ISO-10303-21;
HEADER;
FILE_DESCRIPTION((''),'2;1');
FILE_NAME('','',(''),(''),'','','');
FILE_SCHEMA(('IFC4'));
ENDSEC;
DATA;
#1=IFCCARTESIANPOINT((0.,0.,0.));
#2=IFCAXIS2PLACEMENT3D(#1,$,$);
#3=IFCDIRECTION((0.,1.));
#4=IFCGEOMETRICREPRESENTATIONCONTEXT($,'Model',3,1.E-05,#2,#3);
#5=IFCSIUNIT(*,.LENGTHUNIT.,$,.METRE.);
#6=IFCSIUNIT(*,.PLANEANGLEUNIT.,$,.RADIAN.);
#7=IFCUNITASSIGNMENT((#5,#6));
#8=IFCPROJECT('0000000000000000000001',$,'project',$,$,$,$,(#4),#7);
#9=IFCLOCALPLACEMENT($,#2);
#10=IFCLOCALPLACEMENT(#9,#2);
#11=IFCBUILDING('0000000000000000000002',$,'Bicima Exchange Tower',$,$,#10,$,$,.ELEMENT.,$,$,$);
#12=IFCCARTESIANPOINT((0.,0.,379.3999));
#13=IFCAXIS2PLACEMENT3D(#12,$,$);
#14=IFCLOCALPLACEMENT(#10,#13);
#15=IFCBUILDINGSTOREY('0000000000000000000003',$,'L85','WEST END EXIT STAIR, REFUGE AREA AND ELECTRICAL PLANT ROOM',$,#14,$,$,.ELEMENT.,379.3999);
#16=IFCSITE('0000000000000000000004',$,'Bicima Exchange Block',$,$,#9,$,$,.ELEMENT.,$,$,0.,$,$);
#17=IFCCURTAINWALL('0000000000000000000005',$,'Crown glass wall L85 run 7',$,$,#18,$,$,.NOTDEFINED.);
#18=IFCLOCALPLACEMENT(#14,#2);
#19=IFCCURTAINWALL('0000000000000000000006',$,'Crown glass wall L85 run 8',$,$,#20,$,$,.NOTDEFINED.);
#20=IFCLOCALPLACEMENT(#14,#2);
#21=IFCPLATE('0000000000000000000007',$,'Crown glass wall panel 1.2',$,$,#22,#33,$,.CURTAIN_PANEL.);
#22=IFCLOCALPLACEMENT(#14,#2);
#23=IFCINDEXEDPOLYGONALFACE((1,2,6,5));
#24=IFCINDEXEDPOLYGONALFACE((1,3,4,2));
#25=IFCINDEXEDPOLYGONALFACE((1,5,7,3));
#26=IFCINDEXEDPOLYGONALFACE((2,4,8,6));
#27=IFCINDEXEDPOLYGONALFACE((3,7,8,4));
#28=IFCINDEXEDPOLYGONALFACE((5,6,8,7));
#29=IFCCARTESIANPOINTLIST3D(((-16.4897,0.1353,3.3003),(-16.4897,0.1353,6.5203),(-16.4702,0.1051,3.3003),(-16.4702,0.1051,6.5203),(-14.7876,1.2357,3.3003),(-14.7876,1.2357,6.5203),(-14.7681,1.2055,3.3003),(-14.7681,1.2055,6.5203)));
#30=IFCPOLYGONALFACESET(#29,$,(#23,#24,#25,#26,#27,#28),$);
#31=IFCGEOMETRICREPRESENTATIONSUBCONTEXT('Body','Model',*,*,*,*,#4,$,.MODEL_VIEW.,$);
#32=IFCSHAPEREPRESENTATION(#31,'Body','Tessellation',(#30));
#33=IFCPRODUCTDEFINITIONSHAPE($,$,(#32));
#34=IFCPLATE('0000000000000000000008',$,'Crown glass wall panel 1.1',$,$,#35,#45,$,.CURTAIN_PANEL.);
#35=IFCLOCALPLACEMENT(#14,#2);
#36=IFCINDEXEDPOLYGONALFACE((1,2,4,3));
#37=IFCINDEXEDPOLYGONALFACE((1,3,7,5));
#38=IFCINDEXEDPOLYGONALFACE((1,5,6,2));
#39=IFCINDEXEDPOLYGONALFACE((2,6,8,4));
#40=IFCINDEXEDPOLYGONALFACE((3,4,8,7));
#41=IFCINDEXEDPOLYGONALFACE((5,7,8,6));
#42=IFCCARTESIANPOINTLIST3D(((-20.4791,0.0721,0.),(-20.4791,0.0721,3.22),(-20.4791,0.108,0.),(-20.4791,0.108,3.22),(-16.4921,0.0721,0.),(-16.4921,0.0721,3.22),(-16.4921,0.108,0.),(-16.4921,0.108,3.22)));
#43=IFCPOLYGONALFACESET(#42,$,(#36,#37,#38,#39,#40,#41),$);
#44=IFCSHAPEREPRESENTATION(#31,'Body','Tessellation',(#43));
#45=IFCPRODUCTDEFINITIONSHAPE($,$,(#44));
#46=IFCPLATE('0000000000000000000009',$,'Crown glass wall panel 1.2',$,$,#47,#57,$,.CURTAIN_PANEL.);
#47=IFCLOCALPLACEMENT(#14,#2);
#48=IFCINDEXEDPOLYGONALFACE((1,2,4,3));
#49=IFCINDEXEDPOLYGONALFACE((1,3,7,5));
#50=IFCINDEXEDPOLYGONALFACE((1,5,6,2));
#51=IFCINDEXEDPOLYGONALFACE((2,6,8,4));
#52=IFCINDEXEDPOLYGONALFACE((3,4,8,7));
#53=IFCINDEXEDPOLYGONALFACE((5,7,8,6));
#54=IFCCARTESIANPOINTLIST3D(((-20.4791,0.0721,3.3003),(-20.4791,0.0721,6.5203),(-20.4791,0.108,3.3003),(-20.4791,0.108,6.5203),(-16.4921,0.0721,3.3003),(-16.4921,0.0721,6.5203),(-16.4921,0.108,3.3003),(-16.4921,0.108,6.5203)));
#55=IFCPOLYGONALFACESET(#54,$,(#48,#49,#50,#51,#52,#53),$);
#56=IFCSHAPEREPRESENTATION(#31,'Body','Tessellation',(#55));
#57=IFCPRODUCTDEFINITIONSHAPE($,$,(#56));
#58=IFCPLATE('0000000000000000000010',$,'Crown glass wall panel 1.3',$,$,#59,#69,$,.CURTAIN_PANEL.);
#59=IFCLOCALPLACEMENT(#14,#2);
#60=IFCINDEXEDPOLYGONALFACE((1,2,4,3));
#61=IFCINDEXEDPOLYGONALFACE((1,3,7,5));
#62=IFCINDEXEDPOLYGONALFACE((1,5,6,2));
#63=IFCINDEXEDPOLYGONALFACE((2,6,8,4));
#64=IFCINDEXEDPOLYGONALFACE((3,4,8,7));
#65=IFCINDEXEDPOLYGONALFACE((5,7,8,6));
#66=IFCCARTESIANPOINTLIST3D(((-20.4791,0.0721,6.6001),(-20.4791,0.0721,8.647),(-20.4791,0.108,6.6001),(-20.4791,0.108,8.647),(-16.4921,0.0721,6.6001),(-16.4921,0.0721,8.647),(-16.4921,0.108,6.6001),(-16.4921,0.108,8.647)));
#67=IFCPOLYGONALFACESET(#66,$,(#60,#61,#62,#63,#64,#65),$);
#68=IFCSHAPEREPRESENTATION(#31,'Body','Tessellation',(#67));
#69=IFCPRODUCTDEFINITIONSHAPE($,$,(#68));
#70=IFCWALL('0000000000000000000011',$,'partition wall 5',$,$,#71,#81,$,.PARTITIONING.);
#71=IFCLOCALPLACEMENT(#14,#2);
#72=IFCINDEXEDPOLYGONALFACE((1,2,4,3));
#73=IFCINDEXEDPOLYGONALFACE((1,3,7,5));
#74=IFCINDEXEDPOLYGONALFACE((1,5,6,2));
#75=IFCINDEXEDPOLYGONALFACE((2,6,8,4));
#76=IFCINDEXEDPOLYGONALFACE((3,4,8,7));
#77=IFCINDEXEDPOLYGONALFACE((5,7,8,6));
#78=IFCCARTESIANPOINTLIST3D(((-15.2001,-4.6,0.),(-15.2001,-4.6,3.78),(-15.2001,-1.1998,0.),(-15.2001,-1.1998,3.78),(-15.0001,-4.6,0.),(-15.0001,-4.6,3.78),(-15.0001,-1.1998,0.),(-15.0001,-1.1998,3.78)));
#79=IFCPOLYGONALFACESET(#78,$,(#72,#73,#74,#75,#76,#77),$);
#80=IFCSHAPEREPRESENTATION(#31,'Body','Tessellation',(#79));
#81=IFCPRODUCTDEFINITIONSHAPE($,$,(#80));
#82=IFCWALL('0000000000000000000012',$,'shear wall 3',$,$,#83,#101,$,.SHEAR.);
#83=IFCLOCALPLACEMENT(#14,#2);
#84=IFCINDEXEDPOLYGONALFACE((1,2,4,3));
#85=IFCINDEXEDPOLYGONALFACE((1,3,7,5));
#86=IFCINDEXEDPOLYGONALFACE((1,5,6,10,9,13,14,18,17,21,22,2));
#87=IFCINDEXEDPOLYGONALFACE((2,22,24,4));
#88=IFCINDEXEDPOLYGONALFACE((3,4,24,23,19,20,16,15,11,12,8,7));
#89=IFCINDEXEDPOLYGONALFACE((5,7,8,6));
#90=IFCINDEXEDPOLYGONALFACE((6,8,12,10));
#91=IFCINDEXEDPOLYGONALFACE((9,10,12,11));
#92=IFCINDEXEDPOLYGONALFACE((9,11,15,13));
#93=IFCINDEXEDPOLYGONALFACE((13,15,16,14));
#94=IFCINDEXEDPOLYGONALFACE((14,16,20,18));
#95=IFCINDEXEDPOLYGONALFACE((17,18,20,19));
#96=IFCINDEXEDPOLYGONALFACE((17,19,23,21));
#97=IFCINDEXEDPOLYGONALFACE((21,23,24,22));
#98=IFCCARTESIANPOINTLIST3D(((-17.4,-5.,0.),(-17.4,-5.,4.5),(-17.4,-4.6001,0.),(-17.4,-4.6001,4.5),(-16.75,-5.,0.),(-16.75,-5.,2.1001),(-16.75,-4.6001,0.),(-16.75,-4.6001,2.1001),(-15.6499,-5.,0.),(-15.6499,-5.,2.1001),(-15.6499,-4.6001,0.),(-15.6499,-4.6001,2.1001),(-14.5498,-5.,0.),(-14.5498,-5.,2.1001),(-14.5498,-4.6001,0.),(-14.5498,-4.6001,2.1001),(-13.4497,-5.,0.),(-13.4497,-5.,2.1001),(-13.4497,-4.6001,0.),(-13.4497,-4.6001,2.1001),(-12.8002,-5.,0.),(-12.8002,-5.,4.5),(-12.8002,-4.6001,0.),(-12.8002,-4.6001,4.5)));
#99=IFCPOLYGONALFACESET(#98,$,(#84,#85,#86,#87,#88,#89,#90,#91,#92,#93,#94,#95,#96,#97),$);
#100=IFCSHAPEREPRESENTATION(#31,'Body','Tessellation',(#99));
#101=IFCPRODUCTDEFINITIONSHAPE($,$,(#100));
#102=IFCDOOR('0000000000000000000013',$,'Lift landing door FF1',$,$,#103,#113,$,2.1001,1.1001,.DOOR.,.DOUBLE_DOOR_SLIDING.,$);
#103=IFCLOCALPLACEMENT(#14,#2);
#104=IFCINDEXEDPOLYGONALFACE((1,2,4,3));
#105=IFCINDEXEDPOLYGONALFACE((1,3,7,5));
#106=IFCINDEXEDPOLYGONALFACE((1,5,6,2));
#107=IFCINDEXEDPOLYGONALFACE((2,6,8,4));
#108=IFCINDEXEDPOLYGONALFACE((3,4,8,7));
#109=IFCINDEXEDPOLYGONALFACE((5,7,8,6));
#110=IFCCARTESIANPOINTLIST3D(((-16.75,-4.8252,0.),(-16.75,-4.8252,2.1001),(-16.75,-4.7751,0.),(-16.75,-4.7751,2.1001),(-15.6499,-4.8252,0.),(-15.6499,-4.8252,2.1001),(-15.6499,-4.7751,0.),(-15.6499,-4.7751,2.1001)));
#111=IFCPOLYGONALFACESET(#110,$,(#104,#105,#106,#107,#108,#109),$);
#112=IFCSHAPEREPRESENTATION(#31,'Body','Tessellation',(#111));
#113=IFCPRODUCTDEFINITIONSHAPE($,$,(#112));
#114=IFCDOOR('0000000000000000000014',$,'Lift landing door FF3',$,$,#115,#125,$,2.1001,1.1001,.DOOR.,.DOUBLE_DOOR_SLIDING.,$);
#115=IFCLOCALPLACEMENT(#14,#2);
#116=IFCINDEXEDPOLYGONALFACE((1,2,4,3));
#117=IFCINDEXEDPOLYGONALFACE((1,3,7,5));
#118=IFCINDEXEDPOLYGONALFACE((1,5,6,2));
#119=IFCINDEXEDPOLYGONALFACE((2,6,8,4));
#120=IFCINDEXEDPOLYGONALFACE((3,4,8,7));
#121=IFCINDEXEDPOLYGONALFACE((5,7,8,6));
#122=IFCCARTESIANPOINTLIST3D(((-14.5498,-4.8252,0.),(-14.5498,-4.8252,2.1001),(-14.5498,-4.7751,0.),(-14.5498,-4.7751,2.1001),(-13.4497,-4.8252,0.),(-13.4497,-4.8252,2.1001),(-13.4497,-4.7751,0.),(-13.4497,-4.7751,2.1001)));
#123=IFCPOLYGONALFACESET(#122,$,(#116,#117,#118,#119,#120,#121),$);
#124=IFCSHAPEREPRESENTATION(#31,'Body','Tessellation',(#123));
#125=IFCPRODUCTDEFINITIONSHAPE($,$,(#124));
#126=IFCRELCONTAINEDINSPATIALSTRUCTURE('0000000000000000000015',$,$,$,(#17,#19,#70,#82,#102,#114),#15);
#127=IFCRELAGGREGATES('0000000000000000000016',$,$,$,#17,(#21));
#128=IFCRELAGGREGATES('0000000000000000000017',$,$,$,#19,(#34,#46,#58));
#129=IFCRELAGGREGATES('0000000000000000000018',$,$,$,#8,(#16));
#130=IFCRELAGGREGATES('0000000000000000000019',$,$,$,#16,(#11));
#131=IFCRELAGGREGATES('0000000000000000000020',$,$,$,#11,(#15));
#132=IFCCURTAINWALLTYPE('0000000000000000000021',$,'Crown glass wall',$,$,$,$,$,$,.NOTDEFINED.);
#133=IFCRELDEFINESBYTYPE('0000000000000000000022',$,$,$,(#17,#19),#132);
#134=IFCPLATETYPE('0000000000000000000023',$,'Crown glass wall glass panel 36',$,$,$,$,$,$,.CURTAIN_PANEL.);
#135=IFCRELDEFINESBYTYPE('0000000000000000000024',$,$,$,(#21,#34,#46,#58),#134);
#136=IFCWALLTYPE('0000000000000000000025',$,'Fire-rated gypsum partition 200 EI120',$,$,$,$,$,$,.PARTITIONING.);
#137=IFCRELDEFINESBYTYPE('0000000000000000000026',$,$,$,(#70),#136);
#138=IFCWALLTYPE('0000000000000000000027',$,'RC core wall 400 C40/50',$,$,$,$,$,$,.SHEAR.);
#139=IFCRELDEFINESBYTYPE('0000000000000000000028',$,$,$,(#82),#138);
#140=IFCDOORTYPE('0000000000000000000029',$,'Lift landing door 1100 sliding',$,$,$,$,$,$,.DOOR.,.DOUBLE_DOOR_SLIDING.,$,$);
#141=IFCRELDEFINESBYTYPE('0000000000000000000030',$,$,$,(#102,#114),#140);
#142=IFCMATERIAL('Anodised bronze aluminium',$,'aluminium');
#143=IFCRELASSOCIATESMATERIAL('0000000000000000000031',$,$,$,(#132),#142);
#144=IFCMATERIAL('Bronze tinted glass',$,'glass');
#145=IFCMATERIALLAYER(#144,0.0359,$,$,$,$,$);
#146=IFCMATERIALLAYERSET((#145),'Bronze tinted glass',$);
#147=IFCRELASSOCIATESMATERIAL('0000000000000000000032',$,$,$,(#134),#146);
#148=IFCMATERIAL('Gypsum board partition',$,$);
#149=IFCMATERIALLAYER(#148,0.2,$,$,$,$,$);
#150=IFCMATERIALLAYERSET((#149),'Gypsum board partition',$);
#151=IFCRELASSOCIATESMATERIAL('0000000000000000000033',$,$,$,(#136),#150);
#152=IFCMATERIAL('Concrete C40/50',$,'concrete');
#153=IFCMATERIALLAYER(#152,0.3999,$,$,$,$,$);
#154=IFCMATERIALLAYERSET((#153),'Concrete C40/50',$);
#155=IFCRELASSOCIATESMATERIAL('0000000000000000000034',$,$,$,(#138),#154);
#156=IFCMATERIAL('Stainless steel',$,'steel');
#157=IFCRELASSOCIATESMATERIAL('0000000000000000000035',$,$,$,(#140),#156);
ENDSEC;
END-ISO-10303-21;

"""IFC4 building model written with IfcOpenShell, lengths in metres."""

from ifc_helpers import new_model, si_unit, direction, frame, frame_2d, origin, origin_2d, place, context, subcontext, project, spatial, rectangle, extrude, material, layer, layer_set, type_object, element, fill, aggregate, save


model = new_model("IFC4")

# Units and contexts
model_context = context("Model", 3, precision=1e-05, world=origin(), true_north=direction((0.0, 1.0)))
body_context = subcontext(model_context, "Body", "Model", "MODEL_VIEW")
ifc_project = project(units=[si_unit("LENGTHUNIT", "METRE"), si_unit("PLANEANGLEUNIT", "RADIAN")], contexts=[model_context])

# Site, building, storey
site_placement = place(None, origin())
site = spatial("IfcSite", under=ifc_project, at=site_placement, Name="Bicima Exchange Block", CompositionType="ELEMENT", RefElevation=0.0)
building_placement = place(site_placement, origin())
building = spatial("IfcBuilding", under=site, at=building_placement, Name="Bicima Exchange Tower", CompositionType="ELEMENT")
storey_placement = place(building_placement, frame((0.0, 0.0, 379.3999)))
storey = spatial("IfcBuildingStorey", under=building, at=storey_placement, Name="L85", Description="WEST END EXIT STAIR, REFUGE AREA AND ELECTRICAL PLANT ROOM", CompositionType="ELEMENT", Elevation=379.3999)

# Shared definitions
ifc_material_1 = material(Name="Anodised bronze aluminium", Category="aluminium")
curtain_wall_type = type_object("IfcCurtainWallType", Name="Crown glass wall", PredefinedType="NOTDEFINED", material=ifc_material_1)

# Curtain walls
curtain_wall_1_placement = place(storey_placement, origin())
curtain_wall_1 = element("IfcCurtainWall", 1, at=curtain_wall_1_placement, inside=storey, type_object=curtain_wall_type, Name="Crown glass wall L85 run 7", PredefinedType="NOTDEFINED")
curtain_wall_2_placement = place(storey_placement, origin())
curtain_wall_2 = element("IfcCurtainWall", 2, at=curtain_wall_2_placement, inside=storey, type_object=curtain_wall_type, Name="Crown glass wall L85 run 8", PredefinedType="NOTDEFINED")

# Plates
ifc_material_2 = material(Name="Bronze tinted glass", Category="glass")
ifc_layer_1 = layer(ifc_material_2, 0.0359)
ifc_layer_set_1 = layer_set([ifc_layer_1], Name="Bronze tinted glass")
plate_type = type_object("IfcPlateType", Name="Crown glass wall glass panel 36", PredefinedType="CURTAIN_PANEL", material=ifc_layer_set_1)
plate_1_placement = place(storey_placement, frame((-15.6289, 0.6704, 3.3003), z_axis=(0.0, 0.0, 1.0), x_axis=(-0.83979, -0.542911, 0.0)))
plate_1 = element("IfcPlate", 3, at=plate_1_placement, type_object=plate_type, Name="Crown glass wall panel 1.2", PredefinedType="CURTAIN_PANEL", context=body_context, shape_type="SweptSolid", body=[
    extrude(rectangle(XDim=2.0269, YDim=0.0359, at=origin_2d()), origin(), (0.0, 0.0, 1.0), 3.22),
])
aggregate(curtain_wall_1, [plate_1])
plate_2_placement = place(storey_placement, frame((-18.4856, 0.0901, 0.0), z_axis=(0.0, 0.0, 1.0), x_axis=(-1.0, 0.0, 0.0)))
plate_2 = element("IfcPlate", 4, at=plate_2_placement, type_object=plate_type, Name="Crown glass wall panel 1.1", PredefinedType="CURTAIN_PANEL", context=body_context, shape_type="SweptSolid", body=[
    extrude(rectangle(XDim=3.9871, YDim=0.0359, at=origin_2d()), origin(), (0.0, 0.0, 1.0), 3.22),
])
plate_3_placement = place(storey_placement, frame((-18.4856, 0.0901, 3.3003), z_axis=(0.0, 0.0, 1.0), x_axis=(-1.0, 0.0, 0.0)))
plate_3 = element("IfcPlate", 5, at=plate_3_placement, type_object=plate_type, Name="Crown glass wall panel 1.2", PredefinedType="CURTAIN_PANEL", context=body_context, shape_type="SweptSolid", body=[
    extrude(rectangle(XDim=3.9871, YDim=0.0359, at=origin_2d()), origin(), (0.0, 0.0, 1.0), 3.22),
])
plate_4_placement = place(storey_placement, frame((-18.4856, 0.0901, 6.6001), z_axis=(0.0, 0.0, 1.0), x_axis=(-1.0, 0.0, 0.0)))
plate_4 = element("IfcPlate", 6, at=plate_4_placement, type_object=plate_type, Name="Crown glass wall panel 1.3", PredefinedType="CURTAIN_PANEL", context=body_context, shape_type="SweptSolid", body=[
    extrude(rectangle(XDim=3.9871, YDim=0.0359, at=origin_2d()), origin(), (0.0, 0.0, 1.0), 2.0469),
])
aggregate(curtain_wall_2, [plate_2, plate_3, plate_4])

# Wall
ifc_material_3 = material(Name="Gypsum board partition")
ifc_layer_2 = layer(ifc_material_3, 0.2)
ifc_layer_set_2 = layer_set([ifc_layer_2], Name="Gypsum board partition")
wall_type_1 = type_object("IfcWallType", Name="Fire-rated gypsum partition 200 EI120", PredefinedType="PARTITIONING", material=ifc_layer_set_2)
wall_1_placement = place(storey_placement, frame((-15.1001, -4.6001, 0.0), z_axis=(0.0, 0.0, 1.0), x_axis=(0.0, 1.0, 0.0)))
element("IfcWall", 7, at=wall_1_placement, inside=storey, type_object=wall_type_1, Name="partition wall 5", PredefinedType="PARTITIONING", context=body_context, shape_type="SweptSolid", body=[
    extrude(rectangle(XDim=3.4001, YDim=0.2, at=frame_2d((1.7002, 0.0))), origin(), (0.0, 0.0, 1.0), 3.78),
])

# Wall, openings, doors
ifc_material_4 = material(Name="Concrete C40/50", Category="concrete")
ifc_layer_3 = layer(ifc_material_4, 0.3999)
ifc_layer_set_3 = layer_set([ifc_layer_3], Name="Concrete C40/50")
wall_type_2 = type_object("IfcWallType", Name="RC core wall 400 C40/50", PredefinedType="SHEAR", material=ifc_layer_set_3)
wall_2_placement = place(storey_placement, frame((-17.3999, -4.8, 0.0), z_axis=(0.0, 0.0, 1.0), x_axis=(1.0, 0.0, 0.0)))
wall_2 = element("IfcWall", 8, at=wall_2_placement, inside=storey, type_object=wall_type_2, Name="shear wall 3", PredefinedType="SHEAR", context=body_context, shape_type="SweptSolid", body=[
    extrude(rectangle(XDim=4.5999, YDim=0.3999, at=frame_2d((2.2998, 0.0))), origin(), (0.0, 0.0, 1.0), 4.5),
])
opening_1_placement = place(wall_2_placement, frame((0.6499, 0.0, 0.0)))
opening_1 = element("IfcOpeningElement", 9, at=opening_1_placement, cuts=wall_2, PredefinedType="OPENING", context=body_context, shape_type="SweptSolid", body=[
    extrude(rectangle(XDim=1.1001, YDim=2.1001, at=frame_2d((0.55, 1.05))), frame((0.0, 0.2119, 0.0), z_axis=(0.0, -1.0, 0.0), x_axis=(1.0, 0.0, 0.0)), (0.0, 0.0, 1.0), 0.4238),
])
opening_2_placement = place(wall_2_placement, frame((2.8501, 0.0, 0.0)))
opening_2 = element("IfcOpeningElement", 10, at=opening_2_placement, cuts=wall_2, PredefinedType="OPENING", context=body_context, shape_type="SweptSolid", body=[
    extrude(rectangle(XDim=1.1001, YDim=2.1001, at=frame_2d((0.55, 1.05))), frame((0.0, 0.2119, 0.0), z_axis=(0.0, -1.0, 0.0), x_axis=(1.0, 0.0, 0.0)), (0.0, 0.0, 1.0), 0.4238),
])
ifc_material_5 = material(Name="Stainless steel", Category="steel")
door_type = type_object("IfcDoorType", Name="Lift landing door 1100 sliding", OperationType="DOUBLE_DOOR_SLIDING", PredefinedType="DOOR", material=ifc_material_5)
door_1_placement = place(opening_1_placement, origin())
door_1 = element("IfcDoor", 11, at=door_1_placement, inside=storey, type_object=door_type, Name="Lift landing door FF1", OperationType="DOUBLE_DOOR_SLIDING", OverallHeight=2.1001, OverallWidth=1.1001, PredefinedType="DOOR", context=body_context, shape_type="SweptSolid", body=[
    extrude(rectangle(XDim=1.1001, YDim=2.1001, at=frame_2d((0.55, 1.05))), frame((0.0, 0.0249, 0.0), z_axis=(0.0, -1.0, 0.0), x_axis=(1.0, 0.0, 0.0)), (0.0, 0.0, 1.0), 0.05),
])
fill(opening_1, door_1)
door_2_placement = place(opening_2_placement, origin())
door_2 = element("IfcDoor", 12, at=door_2_placement, inside=storey, type_object=door_type, Name="Lift landing door FF3", OperationType="DOUBLE_DOOR_SLIDING", OverallHeight=2.1001, OverallWidth=1.1001, PredefinedType="DOOR", context=body_context, shape_type="SweptSolid", body=[
    extrude(rectangle(XDim=1.1001, YDim=2.1001, at=frame_2d((0.55, 1.05))), frame((0.0, 0.0249, 0.0), z_axis=(0.0, -1.0, 0.0), x_axis=(1.0, 0.0, 0.0)), (0.0, 0.0, 1.0), 0.05),
])
fill(opening_2, door_2)

save(model, "model.ifc")
